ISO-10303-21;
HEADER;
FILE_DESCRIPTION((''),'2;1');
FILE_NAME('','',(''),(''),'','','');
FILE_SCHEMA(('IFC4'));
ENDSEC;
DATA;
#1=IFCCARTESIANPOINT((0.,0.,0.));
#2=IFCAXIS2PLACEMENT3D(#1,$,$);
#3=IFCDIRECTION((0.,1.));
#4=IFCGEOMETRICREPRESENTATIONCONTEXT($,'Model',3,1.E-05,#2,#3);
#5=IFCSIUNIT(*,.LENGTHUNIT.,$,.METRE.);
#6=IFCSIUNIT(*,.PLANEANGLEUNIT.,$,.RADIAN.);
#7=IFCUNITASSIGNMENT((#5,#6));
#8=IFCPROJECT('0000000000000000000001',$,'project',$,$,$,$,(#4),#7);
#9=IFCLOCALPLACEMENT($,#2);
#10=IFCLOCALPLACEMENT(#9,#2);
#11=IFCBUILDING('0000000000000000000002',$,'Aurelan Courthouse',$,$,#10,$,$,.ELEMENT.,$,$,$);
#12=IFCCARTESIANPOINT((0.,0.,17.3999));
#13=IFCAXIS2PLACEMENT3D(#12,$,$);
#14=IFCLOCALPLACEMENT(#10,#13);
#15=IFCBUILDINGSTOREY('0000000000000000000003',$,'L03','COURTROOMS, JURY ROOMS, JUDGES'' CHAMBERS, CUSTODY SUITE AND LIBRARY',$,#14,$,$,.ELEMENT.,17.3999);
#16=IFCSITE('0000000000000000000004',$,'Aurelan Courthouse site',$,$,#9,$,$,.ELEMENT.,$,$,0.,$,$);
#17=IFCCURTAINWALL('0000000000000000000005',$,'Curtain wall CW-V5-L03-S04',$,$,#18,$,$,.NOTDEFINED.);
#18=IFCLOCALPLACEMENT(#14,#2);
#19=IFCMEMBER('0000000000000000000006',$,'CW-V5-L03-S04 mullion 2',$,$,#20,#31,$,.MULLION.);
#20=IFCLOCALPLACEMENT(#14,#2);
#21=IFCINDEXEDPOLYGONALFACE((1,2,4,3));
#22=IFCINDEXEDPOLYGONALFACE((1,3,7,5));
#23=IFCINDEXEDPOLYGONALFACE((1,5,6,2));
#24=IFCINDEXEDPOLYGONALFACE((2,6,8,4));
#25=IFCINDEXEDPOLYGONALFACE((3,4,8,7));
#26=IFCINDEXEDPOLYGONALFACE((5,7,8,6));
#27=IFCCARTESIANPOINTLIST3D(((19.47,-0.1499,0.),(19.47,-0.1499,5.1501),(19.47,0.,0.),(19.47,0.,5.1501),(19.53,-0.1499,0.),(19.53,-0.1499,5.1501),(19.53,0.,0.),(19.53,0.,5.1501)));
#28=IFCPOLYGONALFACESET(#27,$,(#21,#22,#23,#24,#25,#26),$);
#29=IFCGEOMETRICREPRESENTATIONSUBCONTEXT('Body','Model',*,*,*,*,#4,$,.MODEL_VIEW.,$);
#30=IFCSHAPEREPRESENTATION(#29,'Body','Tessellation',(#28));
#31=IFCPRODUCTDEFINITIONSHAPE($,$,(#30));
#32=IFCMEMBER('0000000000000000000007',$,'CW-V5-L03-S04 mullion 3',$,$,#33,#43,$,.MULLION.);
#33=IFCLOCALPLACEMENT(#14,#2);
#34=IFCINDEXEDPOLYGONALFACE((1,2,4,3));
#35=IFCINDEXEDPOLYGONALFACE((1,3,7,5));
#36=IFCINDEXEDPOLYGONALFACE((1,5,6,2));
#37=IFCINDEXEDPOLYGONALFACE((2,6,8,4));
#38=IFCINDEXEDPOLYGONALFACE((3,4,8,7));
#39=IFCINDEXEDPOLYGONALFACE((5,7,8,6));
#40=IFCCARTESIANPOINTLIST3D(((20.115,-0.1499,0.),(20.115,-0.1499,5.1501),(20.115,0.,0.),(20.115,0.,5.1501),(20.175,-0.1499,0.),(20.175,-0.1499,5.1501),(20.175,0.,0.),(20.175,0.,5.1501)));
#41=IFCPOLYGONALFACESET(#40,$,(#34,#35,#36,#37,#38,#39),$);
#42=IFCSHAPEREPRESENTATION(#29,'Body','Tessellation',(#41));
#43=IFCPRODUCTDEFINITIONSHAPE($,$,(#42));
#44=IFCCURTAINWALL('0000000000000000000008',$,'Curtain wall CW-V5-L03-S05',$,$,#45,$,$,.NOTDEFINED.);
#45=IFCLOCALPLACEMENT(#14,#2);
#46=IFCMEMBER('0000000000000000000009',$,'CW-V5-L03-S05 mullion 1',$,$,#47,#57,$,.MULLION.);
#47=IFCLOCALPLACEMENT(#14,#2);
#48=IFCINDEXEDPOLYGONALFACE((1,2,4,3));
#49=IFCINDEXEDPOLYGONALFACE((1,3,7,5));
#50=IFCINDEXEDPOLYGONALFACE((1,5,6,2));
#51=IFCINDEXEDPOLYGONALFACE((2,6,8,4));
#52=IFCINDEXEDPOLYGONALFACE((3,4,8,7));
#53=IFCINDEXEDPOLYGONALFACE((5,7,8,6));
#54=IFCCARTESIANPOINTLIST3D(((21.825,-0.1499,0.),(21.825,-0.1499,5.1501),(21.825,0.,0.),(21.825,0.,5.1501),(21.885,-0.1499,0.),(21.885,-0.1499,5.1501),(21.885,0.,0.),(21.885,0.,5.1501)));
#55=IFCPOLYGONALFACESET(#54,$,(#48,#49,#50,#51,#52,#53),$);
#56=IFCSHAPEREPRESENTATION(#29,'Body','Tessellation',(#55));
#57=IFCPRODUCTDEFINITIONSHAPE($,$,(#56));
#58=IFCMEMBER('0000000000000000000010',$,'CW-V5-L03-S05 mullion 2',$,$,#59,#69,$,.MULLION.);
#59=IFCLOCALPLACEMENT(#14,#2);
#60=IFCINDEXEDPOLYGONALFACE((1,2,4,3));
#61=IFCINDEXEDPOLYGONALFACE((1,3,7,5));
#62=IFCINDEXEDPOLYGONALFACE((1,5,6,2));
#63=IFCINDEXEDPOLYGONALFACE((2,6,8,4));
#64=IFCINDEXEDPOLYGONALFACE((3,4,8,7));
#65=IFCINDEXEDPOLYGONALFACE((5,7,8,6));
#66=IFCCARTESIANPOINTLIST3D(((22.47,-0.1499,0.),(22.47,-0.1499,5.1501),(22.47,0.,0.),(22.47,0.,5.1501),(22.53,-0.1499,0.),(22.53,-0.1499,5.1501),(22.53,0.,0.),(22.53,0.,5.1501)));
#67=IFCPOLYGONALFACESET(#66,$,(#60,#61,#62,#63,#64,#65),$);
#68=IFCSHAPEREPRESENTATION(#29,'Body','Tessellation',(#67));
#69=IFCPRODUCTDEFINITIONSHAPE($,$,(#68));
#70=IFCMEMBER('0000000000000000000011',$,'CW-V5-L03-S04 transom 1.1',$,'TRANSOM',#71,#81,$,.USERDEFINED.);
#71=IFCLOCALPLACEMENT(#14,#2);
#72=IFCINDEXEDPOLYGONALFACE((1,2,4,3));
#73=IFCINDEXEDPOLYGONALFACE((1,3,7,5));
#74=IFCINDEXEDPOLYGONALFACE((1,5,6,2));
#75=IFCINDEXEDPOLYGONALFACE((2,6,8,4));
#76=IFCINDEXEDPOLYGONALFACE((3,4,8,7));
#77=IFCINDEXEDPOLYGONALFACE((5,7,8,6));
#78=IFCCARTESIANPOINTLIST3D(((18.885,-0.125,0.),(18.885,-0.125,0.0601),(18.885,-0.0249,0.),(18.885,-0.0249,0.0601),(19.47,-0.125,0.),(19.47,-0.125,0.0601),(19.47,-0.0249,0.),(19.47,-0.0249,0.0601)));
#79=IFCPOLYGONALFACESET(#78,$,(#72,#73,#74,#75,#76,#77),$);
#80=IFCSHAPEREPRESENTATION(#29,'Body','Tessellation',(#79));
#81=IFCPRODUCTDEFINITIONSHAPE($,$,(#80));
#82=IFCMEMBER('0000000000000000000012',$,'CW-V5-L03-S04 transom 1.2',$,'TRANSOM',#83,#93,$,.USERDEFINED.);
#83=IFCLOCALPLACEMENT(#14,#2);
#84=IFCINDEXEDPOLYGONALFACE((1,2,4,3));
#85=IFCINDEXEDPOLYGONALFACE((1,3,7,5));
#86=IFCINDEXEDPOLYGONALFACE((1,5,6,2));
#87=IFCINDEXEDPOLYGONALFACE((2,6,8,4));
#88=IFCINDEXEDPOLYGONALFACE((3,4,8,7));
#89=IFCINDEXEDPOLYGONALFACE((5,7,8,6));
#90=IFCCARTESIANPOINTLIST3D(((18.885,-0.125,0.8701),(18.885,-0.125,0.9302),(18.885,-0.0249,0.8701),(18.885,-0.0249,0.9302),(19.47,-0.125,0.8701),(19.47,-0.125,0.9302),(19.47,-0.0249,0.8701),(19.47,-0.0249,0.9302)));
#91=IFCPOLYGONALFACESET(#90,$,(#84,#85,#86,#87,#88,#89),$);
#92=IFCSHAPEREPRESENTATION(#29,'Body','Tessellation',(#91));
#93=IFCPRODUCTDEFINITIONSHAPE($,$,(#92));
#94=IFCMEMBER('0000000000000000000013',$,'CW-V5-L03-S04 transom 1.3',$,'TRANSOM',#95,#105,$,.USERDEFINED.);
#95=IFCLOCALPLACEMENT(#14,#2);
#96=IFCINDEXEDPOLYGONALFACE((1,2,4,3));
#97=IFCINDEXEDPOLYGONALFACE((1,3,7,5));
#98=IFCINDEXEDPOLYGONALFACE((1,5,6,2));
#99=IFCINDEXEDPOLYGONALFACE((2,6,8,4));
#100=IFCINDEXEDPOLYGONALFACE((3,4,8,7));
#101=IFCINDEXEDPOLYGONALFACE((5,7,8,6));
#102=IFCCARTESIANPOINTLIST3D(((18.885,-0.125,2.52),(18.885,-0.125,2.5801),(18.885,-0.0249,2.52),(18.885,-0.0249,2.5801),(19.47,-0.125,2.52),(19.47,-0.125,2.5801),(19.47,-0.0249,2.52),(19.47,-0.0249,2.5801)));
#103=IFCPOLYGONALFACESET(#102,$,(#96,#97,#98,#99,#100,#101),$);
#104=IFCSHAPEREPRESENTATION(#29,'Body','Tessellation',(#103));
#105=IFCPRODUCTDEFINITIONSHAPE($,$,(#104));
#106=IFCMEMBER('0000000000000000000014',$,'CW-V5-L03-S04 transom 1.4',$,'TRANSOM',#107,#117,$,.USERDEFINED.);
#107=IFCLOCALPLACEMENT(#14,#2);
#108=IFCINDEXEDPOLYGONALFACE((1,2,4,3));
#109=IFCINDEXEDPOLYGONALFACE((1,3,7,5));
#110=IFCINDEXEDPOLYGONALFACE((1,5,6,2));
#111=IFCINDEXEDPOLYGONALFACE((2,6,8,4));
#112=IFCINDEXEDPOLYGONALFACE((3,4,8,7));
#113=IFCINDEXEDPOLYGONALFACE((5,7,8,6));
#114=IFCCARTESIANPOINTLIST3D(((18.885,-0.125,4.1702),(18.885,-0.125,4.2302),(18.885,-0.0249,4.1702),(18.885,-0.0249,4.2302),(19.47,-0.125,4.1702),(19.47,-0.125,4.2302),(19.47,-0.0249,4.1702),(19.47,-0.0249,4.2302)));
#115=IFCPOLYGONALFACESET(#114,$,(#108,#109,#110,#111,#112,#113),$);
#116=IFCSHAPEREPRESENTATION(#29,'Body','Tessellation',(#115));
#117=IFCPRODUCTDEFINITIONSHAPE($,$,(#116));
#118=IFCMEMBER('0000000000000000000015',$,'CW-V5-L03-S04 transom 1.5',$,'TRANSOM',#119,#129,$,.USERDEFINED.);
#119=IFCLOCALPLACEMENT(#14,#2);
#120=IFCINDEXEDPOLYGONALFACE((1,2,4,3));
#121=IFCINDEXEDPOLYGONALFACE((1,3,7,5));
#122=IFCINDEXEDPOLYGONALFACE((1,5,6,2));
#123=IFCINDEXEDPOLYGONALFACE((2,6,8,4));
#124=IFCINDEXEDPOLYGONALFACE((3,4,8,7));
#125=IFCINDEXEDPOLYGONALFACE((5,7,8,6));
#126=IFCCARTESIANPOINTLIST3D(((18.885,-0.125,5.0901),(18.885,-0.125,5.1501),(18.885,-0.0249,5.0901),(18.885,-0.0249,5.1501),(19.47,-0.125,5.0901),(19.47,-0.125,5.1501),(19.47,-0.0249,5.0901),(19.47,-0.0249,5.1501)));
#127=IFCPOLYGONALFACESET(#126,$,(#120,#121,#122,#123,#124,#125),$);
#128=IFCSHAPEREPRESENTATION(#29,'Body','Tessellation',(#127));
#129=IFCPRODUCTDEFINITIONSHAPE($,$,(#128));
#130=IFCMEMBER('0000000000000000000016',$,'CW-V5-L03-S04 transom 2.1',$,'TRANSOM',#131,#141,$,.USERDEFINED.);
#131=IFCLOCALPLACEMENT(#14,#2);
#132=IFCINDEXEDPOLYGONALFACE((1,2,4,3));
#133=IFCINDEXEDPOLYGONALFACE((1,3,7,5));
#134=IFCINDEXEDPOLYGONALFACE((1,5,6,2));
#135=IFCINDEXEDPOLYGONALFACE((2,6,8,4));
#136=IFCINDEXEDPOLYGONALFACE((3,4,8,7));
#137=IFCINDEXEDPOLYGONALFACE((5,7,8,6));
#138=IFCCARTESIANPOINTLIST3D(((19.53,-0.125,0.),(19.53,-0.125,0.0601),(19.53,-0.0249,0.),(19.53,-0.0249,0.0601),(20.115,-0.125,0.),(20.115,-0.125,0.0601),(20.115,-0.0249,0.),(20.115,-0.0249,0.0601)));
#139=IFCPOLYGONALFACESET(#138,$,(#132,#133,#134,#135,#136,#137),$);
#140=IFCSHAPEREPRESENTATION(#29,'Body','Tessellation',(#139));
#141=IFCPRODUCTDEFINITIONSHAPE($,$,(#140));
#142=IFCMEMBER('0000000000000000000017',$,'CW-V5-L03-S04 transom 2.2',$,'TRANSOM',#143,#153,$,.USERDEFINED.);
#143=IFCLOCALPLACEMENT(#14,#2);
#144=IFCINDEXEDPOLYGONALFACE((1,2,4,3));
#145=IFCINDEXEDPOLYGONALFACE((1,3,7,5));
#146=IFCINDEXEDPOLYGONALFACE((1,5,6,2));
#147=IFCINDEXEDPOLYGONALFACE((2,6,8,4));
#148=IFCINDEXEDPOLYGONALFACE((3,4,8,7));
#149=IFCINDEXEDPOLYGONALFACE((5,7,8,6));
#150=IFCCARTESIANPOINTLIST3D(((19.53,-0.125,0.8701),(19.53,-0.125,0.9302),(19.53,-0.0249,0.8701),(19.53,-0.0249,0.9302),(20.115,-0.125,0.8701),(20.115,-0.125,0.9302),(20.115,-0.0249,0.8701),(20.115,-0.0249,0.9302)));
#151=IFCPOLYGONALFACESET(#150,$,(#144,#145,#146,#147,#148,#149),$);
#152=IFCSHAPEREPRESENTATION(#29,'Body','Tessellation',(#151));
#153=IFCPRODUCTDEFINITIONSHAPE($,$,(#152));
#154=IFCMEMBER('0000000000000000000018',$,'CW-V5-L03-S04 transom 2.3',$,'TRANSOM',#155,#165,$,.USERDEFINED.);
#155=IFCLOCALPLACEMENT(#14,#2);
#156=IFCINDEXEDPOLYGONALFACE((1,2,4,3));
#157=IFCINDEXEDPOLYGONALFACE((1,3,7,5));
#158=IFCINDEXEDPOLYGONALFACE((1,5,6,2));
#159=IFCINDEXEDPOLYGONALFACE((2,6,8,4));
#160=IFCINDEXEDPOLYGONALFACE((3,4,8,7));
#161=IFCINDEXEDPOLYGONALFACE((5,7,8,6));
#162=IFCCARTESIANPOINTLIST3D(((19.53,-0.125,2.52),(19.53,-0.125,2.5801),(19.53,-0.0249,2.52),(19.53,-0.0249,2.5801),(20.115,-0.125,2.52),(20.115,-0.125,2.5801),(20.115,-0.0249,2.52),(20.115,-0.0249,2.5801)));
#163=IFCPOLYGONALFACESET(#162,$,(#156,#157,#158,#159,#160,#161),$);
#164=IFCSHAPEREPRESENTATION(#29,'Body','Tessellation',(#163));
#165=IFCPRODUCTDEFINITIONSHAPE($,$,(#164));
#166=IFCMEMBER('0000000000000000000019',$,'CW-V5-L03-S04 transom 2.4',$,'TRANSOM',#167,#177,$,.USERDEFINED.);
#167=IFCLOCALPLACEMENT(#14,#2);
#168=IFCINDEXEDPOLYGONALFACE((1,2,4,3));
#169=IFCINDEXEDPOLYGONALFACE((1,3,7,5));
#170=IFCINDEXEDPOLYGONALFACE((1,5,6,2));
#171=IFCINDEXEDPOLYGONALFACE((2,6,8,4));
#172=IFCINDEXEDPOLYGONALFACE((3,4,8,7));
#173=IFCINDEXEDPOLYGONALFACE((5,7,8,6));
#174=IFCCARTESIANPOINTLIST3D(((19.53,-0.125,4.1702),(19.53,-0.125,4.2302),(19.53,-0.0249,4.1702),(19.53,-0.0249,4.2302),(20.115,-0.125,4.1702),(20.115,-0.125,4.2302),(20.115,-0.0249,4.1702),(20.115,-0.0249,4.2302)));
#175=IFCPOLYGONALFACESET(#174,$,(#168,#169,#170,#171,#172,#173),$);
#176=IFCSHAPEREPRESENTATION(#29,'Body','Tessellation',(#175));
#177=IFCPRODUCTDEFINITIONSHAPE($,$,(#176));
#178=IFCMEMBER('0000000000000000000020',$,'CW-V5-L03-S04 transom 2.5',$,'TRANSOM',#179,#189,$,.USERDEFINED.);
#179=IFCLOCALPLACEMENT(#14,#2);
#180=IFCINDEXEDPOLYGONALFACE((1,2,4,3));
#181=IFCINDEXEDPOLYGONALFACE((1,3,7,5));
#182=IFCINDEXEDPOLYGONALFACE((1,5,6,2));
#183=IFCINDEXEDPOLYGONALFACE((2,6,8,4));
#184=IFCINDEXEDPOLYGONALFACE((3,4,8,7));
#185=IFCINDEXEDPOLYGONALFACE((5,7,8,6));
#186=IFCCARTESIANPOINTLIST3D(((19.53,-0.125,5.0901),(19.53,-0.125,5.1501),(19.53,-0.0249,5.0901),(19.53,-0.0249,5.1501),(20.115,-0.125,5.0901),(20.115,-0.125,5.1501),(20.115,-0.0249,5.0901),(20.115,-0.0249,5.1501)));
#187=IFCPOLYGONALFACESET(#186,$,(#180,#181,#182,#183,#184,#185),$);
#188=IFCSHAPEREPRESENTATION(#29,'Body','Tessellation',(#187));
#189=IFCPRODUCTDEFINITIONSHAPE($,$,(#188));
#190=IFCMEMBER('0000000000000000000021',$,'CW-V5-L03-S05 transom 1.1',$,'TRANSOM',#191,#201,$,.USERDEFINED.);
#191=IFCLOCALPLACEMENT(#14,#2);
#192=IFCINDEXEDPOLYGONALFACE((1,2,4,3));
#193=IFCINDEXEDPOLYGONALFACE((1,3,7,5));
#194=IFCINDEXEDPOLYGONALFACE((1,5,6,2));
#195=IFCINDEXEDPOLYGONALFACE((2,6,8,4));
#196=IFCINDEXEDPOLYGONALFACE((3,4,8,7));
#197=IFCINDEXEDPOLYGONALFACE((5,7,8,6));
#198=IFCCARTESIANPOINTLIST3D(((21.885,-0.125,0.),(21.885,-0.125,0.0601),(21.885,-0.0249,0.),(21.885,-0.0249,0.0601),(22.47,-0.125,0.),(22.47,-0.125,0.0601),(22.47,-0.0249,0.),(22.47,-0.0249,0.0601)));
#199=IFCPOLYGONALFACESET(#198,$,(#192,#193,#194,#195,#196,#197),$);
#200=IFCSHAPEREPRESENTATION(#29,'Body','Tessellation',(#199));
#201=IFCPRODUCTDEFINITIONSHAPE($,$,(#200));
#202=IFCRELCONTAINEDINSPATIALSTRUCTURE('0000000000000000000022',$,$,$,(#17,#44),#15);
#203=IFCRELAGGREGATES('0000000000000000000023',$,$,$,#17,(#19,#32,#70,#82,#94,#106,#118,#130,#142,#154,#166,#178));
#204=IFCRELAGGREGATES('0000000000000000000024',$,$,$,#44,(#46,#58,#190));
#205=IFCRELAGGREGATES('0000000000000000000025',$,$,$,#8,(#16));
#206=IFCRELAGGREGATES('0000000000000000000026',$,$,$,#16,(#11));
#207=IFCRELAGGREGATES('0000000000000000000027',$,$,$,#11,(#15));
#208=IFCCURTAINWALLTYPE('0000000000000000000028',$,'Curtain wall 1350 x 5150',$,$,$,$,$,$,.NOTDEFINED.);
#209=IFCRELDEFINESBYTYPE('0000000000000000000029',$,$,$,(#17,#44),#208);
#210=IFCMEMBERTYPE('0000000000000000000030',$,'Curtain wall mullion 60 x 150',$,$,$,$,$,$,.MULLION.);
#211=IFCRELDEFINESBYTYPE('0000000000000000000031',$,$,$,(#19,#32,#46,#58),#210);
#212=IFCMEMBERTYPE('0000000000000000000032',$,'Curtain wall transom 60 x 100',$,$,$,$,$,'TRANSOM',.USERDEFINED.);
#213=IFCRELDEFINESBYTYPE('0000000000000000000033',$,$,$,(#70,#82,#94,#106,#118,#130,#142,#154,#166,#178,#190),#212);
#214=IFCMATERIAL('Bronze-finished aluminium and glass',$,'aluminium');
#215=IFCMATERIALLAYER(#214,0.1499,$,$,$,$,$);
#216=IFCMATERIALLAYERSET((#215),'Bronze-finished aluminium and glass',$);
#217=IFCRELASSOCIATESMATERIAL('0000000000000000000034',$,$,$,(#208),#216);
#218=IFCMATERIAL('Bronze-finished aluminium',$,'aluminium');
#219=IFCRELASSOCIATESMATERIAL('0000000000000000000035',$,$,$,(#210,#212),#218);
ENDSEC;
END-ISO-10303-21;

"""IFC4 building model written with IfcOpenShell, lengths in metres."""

from ifc_helpers import new_model, si_unit, direction, frame, origin, origin_2d, place, context, subcontext, project, spatial, rectangle, extrude, material, layer, layer_set, material_profile, profile_set, type_object, element, aggregate, save


model = new_model("IFC4")

# Units and contexts
model_context = context("Model", 3, precision=1e-05, world=origin(), true_north=direction((0.0, 1.0)))
body_context = subcontext(model_context, "Body", "Model", "MODEL_VIEW")
ifc_project = project(units=[si_unit("LENGTHUNIT", "METRE"), si_unit("PLANEANGLEUNIT", "RADIAN")], contexts=[model_context])

# Site, building, storey
site_placement = place(None, origin())
site = spatial("IfcSite", under=ifc_project, at=site_placement, Name="Aurelan Courthouse site", CompositionType="ELEMENT", RefElevation=0.0)
building_placement = place(site_placement, origin())
building = spatial("IfcBuilding", under=site, at=building_placement, Name="Aurelan Courthouse", CompositionType="ELEMENT")
storey_placement = place(building_placement, frame((0.0, 0.0, 17.3999)))
storey = spatial("IfcBuildingStorey", under=building, at=storey_placement, Name="L03", Description="COURTROOMS, JURY ROOMS, JUDGES' CHAMBERS, CUSTODY SUITE AND LIBRARY", CompositionType="ELEMENT", Elevation=17.3999)

# Curtain walls, members
ifc_material_1 = material(Name="Bronze-finished aluminium and glass", Category="aluminium")
ifc_layer_1 = layer(ifc_material_1, 0.1499)
ifc_layer_set_1 = layer_set([ifc_layer_1], Name="Bronze-finished aluminium and glass")
curtain_wall_type = type_object("IfcCurtainWallType", Name="Curtain wall 1350 x 5150", PredefinedType="NOTDEFINED", material=ifc_layer_set_1)
curtain_wall_1_placement = place(storey_placement, origin())
curtain_wall_1 = element("IfcCurtainWall", 1, at=curtain_wall_1_placement, inside=storey, type_object=curtain_wall_type, Name="Curtain wall CW-V5-L03-S04", PredefinedType="NOTDEFINED")
ifc_material_2 = material(Name="Bronze-finished aluminium", Category="aluminium")
ifc_material_profile_1 = material_profile(ifc_material_2, rectangle(XDim=0.1499, YDim=0.0601, at=origin_2d()), Name="Bronze mullion 60 x 150")
ifc_profile_set_1 = profile_set([ifc_material_profile_1], Name="Bronze-finished aluminium")
member_type_1 = type_object("IfcMemberType", Name="Curtain wall mullion 60 x 150", PredefinedType="MULLION", material=ifc_profile_set_1)
member_1_placement = place(storey_placement, frame((19.5, -0.075, 0.0), z_axis=(0.0, 0.0, 1.0), x_axis=(0.0, 1.0, 0.0)))
member_1 = element("IfcMember", 2, at=member_1_placement, type_object=member_type_1, Name="CW-V5-L03-S04 mullion 2", PredefinedType="MULLION", context=body_context, shape_type="SweptSolid", body=[
    extrude(rectangle(XDim=0.1499, YDim=0.0601, at=origin_2d()), origin(), (0.0, 0.0, 1.0), 5.1501),
])
member_2_placement = place(storey_placement, frame((20.145, -0.075, 0.0), z_axis=(0.0, 0.0, 1.0), x_axis=(0.0, 1.0, 0.0)))
member_2 = element("IfcMember", 3, at=member_2_placement, type_object=member_type_1, Name="CW-V5-L03-S04 mullion 3", PredefinedType="MULLION", context=body_context, shape_type="SweptSolid", body=[
    extrude(rectangle(XDim=0.1499, YDim=0.0601, at=origin_2d()), origin(), (0.0, 0.0, 1.0), 5.1501),
])
curtain_wall_2_placement = place(storey_placement, origin())
curtain_wall_2 = element("IfcCurtainWall", 4, at=curtain_wall_2_placement, inside=storey, type_object=curtain_wall_type, Name="Curtain wall CW-V5-L03-S05", PredefinedType="NOTDEFINED")
member_3_placement = place(storey_placement, frame((21.855, -0.075, 0.0), z_axis=(0.0, 0.0, 1.0), x_axis=(0.0, 1.0, 0.0)))
member_3 = element("IfcMember", 5, at=member_3_placement, type_object=member_type_1, Name="CW-V5-L03-S05 mullion 1", PredefinedType="MULLION", context=body_context, shape_type="SweptSolid", body=[
    extrude(rectangle(XDim=0.1499, YDim=0.0601, at=origin_2d()), origin(), (0.0, 0.0, 1.0), 5.1501),
])
member_4_placement = place(storey_placement, frame((22.5, -0.075, 0.0), z_axis=(0.0, 0.0, 1.0), x_axis=(0.0, 1.0, 0.0)))
member_4 = element("IfcMember", 6, at=member_4_placement, type_object=member_type_1, Name="CW-V5-L03-S05 mullion 2", PredefinedType="MULLION", context=body_context, shape_type="SweptSolid", body=[
    extrude(rectangle(XDim=0.1499, YDim=0.0601, at=origin_2d()), origin(), (0.0, 0.0, 1.0), 5.1501),
])

# Members
ifc_material_profile_2 = material_profile(ifc_material_2, rectangle(XDim=0.1001, YDim=0.0601, at=origin_2d()), Name="Bronze transom 60 x 100")
ifc_profile_set_2 = profile_set([ifc_material_profile_2], Name="Bronze-finished aluminium")
member_type_2 = type_object("IfcMemberType", Name="Curtain wall transom 60 x 100", ElementType="TRANSOM", PredefinedType="USERDEFINED", material=ifc_profile_set_2)
member_5_placement = place(storey_placement, frame((18.885, -0.075, 0.03), z_axis=(1.0, 0.0, 0.0), x_axis=(0.0, 1.0, 0.0)))
member_5 = element("IfcMember", 7, at=member_5_placement, type_object=member_type_2, Name="CW-V5-L03-S04 transom 1.1", ObjectType="TRANSOM", PredefinedType="USERDEFINED", context=body_context, shape_type="SweptSolid", body=[
    extrude(rectangle(XDim=0.1001, YDim=0.0601, at=origin_2d()), origin(), (0.0, 0.0, 1.0), 0.585),
])
member_6_placement = place(storey_placement, frame((18.885, -0.075, 0.9001), z_axis=(1.0, 0.0, 0.0), x_axis=(0.0, 1.0, 0.0)))
member_6 = element("IfcMember", 8, at=member_6_placement, type_object=member_type_2, Name="CW-V5-L03-S04 transom 1.2", ObjectType="TRANSOM", PredefinedType="USERDEFINED", context=body_context, shape_type="SweptSolid", body=[
    extrude(rectangle(XDim=0.1001, YDim=0.0601, at=origin_2d()), origin(), (0.0, 0.0, 1.0), 0.585),
])
member_7_placement = place(storey_placement, frame((18.885, -0.075, 2.55), z_axis=(1.0, 0.0, 0.0), x_axis=(0.0, 1.0, 0.0)))
member_7 = element("IfcMember", 9, at=member_7_placement, type_object=member_type_2, Name="CW-V5-L03-S04 transom 1.3", ObjectType="TRANSOM", PredefinedType="USERDEFINED", context=body_context, shape_type="SweptSolid", body=[
    extrude(rectangle(XDim=0.1001, YDim=0.0601, at=origin_2d()), origin(), (0.0, 0.0, 1.0), 0.585),
])
member_8_placement = place(storey_placement, frame((18.885, -0.075, 4.2002), z_axis=(1.0, 0.0, 0.0), x_axis=(0.0, 1.0, 0.0)))
member_8 = element("IfcMember", 10, at=member_8_placement, type_object=member_type_2, Name="CW-V5-L03-S04 transom 1.4", ObjectType="TRANSOM", PredefinedType="USERDEFINED", context=body_context, shape_type="SweptSolid", body=[
    extrude(rectangle(XDim=0.1001, YDim=0.0601, at=origin_2d()), origin(), (0.0, 0.0, 1.0), 0.585),
])
member_9_placement = place(storey_placement, frame((18.885, -0.075, 5.1201), z_axis=(1.0, 0.0, 0.0), x_axis=(0.0, 1.0, 0.0)))
member_9 = element("IfcMember", 11, at=member_9_placement, type_object=member_type_2, Name="CW-V5-L03-S04 transom 1.5", ObjectType="TRANSOM", PredefinedType="USERDEFINED", context=body_context, shape_type="SweptSolid", body=[
    extrude(rectangle(XDim=0.1001, YDim=0.0601, at=origin_2d()), origin(), (0.0, 0.0, 1.0), 0.585),
])
member_10_placement = place(storey_placement, frame((19.53, -0.075, 0.03), z_axis=(1.0, 0.0, 0.0), x_axis=(0.0, 1.0, 0.0)))
member_10 = element("IfcMember", 12, at=member_10_placement, type_object=member_type_2, Name="CW-V5-L03-S04 transom 2.1", ObjectType="TRANSOM", PredefinedType="USERDEFINED", context=body_context, shape_type="SweptSolid", body=[
    extrude(rectangle(XDim=0.1001, YDim=0.0601, at=origin_2d()), origin(), (0.0, 0.0, 1.0), 0.585),
])
member_11_placement = place(storey_placement, frame((19.53, -0.075, 0.9001), z_axis=(1.0, 0.0, 0.0), x_axis=(0.0, 1.0, 0.0)))
member_11 = element("IfcMember", 13, at=member_11_placement, type_object=member_type_2, Name="CW-V5-L03-S04 transom 2.2", ObjectType="TRANSOM", PredefinedType="USERDEFINED", context=body_context, shape_type="SweptSolid", body=[
    extrude(rectangle(XDim=0.1001, YDim=0.0601, at=origin_2d()), origin(), (0.0, 0.0, 1.0), 0.585),
])
member_12_placement = place(storey_placement, frame((19.53, -0.075, 2.55), z_axis=(1.0, 0.0, 0.0), x_axis=(0.0, 1.0, 0.0)))
member_12 = element("IfcMember", 14, at=member_12_placement, type_object=member_type_2, Name="CW-V5-L03-S04 transom 2.3", ObjectType="TRANSOM", PredefinedType="USERDEFINED", context=body_context, shape_type="SweptSolid", body=[
    extrude(rectangle(XDim=0.1001, YDim=0.0601, at=origin_2d()), origin(), (0.0, 0.0, 1.0), 0.585),
])
member_13_placement = place(storey_placement, frame((19.53, -0.075, 4.2002), z_axis=(1.0, 0.0, 0.0), x_axis=(0.0, 1.0, 0.0)))
member_13 = element("IfcMember", 15, at=member_13_placement, type_object=member_type_2, Name="CW-V5-L03-S04 transom 2.4", ObjectType="TRANSOM", PredefinedType="USERDEFINED", context=body_context, shape_type="SweptSolid", body=[
    extrude(rectangle(XDim=0.1001, YDim=0.0601, at=origin_2d()), origin(), (0.0, 0.0, 1.0), 0.585),
])
member_14_placement = place(storey_placement, frame((19.53, -0.075, 5.1201), z_axis=(1.0, 0.0, 0.0), x_axis=(0.0, 1.0, 0.0)))
member_14 = element("IfcMember", 16, at=member_14_placement, type_object=member_type_2, Name="CW-V5-L03-S04 transom 2.5", ObjectType="TRANSOM", PredefinedType="USERDEFINED", context=body_context, shape_type="SweptSolid", body=[
    extrude(rectangle(XDim=0.1001, YDim=0.0601, at=origin_2d()), origin(), (0.0, 0.0, 1.0), 0.585),
])
member_15_placement = place(storey_placement, frame((21.885, -0.075, 0.03), z_axis=(1.0, 0.0, 0.0), x_axis=(0.0, 1.0, 0.0)))
member_15 = element("IfcMember", 17, at=member_15_placement, type_object=member_type_2, Name="CW-V5-L03-S05 transom 1.1", ObjectType="TRANSOM", PredefinedType="USERDEFINED", context=body_context, shape_type="SweptSolid", body=[
    extrude(rectangle(XDim=0.1001, YDim=0.0601, at=origin_2d()), origin(), (0.0, 0.0, 1.0), 0.585),
])

aggregate(curtain_wall_1, [member_1, member_2, member_5, member_6, member_7, member_8, member_9, member_10, member_11, member_12, member_13, member_14])
aggregate(curtain_wall_2, [member_3, member_4, member_15])

save(model, "model.ifc")
